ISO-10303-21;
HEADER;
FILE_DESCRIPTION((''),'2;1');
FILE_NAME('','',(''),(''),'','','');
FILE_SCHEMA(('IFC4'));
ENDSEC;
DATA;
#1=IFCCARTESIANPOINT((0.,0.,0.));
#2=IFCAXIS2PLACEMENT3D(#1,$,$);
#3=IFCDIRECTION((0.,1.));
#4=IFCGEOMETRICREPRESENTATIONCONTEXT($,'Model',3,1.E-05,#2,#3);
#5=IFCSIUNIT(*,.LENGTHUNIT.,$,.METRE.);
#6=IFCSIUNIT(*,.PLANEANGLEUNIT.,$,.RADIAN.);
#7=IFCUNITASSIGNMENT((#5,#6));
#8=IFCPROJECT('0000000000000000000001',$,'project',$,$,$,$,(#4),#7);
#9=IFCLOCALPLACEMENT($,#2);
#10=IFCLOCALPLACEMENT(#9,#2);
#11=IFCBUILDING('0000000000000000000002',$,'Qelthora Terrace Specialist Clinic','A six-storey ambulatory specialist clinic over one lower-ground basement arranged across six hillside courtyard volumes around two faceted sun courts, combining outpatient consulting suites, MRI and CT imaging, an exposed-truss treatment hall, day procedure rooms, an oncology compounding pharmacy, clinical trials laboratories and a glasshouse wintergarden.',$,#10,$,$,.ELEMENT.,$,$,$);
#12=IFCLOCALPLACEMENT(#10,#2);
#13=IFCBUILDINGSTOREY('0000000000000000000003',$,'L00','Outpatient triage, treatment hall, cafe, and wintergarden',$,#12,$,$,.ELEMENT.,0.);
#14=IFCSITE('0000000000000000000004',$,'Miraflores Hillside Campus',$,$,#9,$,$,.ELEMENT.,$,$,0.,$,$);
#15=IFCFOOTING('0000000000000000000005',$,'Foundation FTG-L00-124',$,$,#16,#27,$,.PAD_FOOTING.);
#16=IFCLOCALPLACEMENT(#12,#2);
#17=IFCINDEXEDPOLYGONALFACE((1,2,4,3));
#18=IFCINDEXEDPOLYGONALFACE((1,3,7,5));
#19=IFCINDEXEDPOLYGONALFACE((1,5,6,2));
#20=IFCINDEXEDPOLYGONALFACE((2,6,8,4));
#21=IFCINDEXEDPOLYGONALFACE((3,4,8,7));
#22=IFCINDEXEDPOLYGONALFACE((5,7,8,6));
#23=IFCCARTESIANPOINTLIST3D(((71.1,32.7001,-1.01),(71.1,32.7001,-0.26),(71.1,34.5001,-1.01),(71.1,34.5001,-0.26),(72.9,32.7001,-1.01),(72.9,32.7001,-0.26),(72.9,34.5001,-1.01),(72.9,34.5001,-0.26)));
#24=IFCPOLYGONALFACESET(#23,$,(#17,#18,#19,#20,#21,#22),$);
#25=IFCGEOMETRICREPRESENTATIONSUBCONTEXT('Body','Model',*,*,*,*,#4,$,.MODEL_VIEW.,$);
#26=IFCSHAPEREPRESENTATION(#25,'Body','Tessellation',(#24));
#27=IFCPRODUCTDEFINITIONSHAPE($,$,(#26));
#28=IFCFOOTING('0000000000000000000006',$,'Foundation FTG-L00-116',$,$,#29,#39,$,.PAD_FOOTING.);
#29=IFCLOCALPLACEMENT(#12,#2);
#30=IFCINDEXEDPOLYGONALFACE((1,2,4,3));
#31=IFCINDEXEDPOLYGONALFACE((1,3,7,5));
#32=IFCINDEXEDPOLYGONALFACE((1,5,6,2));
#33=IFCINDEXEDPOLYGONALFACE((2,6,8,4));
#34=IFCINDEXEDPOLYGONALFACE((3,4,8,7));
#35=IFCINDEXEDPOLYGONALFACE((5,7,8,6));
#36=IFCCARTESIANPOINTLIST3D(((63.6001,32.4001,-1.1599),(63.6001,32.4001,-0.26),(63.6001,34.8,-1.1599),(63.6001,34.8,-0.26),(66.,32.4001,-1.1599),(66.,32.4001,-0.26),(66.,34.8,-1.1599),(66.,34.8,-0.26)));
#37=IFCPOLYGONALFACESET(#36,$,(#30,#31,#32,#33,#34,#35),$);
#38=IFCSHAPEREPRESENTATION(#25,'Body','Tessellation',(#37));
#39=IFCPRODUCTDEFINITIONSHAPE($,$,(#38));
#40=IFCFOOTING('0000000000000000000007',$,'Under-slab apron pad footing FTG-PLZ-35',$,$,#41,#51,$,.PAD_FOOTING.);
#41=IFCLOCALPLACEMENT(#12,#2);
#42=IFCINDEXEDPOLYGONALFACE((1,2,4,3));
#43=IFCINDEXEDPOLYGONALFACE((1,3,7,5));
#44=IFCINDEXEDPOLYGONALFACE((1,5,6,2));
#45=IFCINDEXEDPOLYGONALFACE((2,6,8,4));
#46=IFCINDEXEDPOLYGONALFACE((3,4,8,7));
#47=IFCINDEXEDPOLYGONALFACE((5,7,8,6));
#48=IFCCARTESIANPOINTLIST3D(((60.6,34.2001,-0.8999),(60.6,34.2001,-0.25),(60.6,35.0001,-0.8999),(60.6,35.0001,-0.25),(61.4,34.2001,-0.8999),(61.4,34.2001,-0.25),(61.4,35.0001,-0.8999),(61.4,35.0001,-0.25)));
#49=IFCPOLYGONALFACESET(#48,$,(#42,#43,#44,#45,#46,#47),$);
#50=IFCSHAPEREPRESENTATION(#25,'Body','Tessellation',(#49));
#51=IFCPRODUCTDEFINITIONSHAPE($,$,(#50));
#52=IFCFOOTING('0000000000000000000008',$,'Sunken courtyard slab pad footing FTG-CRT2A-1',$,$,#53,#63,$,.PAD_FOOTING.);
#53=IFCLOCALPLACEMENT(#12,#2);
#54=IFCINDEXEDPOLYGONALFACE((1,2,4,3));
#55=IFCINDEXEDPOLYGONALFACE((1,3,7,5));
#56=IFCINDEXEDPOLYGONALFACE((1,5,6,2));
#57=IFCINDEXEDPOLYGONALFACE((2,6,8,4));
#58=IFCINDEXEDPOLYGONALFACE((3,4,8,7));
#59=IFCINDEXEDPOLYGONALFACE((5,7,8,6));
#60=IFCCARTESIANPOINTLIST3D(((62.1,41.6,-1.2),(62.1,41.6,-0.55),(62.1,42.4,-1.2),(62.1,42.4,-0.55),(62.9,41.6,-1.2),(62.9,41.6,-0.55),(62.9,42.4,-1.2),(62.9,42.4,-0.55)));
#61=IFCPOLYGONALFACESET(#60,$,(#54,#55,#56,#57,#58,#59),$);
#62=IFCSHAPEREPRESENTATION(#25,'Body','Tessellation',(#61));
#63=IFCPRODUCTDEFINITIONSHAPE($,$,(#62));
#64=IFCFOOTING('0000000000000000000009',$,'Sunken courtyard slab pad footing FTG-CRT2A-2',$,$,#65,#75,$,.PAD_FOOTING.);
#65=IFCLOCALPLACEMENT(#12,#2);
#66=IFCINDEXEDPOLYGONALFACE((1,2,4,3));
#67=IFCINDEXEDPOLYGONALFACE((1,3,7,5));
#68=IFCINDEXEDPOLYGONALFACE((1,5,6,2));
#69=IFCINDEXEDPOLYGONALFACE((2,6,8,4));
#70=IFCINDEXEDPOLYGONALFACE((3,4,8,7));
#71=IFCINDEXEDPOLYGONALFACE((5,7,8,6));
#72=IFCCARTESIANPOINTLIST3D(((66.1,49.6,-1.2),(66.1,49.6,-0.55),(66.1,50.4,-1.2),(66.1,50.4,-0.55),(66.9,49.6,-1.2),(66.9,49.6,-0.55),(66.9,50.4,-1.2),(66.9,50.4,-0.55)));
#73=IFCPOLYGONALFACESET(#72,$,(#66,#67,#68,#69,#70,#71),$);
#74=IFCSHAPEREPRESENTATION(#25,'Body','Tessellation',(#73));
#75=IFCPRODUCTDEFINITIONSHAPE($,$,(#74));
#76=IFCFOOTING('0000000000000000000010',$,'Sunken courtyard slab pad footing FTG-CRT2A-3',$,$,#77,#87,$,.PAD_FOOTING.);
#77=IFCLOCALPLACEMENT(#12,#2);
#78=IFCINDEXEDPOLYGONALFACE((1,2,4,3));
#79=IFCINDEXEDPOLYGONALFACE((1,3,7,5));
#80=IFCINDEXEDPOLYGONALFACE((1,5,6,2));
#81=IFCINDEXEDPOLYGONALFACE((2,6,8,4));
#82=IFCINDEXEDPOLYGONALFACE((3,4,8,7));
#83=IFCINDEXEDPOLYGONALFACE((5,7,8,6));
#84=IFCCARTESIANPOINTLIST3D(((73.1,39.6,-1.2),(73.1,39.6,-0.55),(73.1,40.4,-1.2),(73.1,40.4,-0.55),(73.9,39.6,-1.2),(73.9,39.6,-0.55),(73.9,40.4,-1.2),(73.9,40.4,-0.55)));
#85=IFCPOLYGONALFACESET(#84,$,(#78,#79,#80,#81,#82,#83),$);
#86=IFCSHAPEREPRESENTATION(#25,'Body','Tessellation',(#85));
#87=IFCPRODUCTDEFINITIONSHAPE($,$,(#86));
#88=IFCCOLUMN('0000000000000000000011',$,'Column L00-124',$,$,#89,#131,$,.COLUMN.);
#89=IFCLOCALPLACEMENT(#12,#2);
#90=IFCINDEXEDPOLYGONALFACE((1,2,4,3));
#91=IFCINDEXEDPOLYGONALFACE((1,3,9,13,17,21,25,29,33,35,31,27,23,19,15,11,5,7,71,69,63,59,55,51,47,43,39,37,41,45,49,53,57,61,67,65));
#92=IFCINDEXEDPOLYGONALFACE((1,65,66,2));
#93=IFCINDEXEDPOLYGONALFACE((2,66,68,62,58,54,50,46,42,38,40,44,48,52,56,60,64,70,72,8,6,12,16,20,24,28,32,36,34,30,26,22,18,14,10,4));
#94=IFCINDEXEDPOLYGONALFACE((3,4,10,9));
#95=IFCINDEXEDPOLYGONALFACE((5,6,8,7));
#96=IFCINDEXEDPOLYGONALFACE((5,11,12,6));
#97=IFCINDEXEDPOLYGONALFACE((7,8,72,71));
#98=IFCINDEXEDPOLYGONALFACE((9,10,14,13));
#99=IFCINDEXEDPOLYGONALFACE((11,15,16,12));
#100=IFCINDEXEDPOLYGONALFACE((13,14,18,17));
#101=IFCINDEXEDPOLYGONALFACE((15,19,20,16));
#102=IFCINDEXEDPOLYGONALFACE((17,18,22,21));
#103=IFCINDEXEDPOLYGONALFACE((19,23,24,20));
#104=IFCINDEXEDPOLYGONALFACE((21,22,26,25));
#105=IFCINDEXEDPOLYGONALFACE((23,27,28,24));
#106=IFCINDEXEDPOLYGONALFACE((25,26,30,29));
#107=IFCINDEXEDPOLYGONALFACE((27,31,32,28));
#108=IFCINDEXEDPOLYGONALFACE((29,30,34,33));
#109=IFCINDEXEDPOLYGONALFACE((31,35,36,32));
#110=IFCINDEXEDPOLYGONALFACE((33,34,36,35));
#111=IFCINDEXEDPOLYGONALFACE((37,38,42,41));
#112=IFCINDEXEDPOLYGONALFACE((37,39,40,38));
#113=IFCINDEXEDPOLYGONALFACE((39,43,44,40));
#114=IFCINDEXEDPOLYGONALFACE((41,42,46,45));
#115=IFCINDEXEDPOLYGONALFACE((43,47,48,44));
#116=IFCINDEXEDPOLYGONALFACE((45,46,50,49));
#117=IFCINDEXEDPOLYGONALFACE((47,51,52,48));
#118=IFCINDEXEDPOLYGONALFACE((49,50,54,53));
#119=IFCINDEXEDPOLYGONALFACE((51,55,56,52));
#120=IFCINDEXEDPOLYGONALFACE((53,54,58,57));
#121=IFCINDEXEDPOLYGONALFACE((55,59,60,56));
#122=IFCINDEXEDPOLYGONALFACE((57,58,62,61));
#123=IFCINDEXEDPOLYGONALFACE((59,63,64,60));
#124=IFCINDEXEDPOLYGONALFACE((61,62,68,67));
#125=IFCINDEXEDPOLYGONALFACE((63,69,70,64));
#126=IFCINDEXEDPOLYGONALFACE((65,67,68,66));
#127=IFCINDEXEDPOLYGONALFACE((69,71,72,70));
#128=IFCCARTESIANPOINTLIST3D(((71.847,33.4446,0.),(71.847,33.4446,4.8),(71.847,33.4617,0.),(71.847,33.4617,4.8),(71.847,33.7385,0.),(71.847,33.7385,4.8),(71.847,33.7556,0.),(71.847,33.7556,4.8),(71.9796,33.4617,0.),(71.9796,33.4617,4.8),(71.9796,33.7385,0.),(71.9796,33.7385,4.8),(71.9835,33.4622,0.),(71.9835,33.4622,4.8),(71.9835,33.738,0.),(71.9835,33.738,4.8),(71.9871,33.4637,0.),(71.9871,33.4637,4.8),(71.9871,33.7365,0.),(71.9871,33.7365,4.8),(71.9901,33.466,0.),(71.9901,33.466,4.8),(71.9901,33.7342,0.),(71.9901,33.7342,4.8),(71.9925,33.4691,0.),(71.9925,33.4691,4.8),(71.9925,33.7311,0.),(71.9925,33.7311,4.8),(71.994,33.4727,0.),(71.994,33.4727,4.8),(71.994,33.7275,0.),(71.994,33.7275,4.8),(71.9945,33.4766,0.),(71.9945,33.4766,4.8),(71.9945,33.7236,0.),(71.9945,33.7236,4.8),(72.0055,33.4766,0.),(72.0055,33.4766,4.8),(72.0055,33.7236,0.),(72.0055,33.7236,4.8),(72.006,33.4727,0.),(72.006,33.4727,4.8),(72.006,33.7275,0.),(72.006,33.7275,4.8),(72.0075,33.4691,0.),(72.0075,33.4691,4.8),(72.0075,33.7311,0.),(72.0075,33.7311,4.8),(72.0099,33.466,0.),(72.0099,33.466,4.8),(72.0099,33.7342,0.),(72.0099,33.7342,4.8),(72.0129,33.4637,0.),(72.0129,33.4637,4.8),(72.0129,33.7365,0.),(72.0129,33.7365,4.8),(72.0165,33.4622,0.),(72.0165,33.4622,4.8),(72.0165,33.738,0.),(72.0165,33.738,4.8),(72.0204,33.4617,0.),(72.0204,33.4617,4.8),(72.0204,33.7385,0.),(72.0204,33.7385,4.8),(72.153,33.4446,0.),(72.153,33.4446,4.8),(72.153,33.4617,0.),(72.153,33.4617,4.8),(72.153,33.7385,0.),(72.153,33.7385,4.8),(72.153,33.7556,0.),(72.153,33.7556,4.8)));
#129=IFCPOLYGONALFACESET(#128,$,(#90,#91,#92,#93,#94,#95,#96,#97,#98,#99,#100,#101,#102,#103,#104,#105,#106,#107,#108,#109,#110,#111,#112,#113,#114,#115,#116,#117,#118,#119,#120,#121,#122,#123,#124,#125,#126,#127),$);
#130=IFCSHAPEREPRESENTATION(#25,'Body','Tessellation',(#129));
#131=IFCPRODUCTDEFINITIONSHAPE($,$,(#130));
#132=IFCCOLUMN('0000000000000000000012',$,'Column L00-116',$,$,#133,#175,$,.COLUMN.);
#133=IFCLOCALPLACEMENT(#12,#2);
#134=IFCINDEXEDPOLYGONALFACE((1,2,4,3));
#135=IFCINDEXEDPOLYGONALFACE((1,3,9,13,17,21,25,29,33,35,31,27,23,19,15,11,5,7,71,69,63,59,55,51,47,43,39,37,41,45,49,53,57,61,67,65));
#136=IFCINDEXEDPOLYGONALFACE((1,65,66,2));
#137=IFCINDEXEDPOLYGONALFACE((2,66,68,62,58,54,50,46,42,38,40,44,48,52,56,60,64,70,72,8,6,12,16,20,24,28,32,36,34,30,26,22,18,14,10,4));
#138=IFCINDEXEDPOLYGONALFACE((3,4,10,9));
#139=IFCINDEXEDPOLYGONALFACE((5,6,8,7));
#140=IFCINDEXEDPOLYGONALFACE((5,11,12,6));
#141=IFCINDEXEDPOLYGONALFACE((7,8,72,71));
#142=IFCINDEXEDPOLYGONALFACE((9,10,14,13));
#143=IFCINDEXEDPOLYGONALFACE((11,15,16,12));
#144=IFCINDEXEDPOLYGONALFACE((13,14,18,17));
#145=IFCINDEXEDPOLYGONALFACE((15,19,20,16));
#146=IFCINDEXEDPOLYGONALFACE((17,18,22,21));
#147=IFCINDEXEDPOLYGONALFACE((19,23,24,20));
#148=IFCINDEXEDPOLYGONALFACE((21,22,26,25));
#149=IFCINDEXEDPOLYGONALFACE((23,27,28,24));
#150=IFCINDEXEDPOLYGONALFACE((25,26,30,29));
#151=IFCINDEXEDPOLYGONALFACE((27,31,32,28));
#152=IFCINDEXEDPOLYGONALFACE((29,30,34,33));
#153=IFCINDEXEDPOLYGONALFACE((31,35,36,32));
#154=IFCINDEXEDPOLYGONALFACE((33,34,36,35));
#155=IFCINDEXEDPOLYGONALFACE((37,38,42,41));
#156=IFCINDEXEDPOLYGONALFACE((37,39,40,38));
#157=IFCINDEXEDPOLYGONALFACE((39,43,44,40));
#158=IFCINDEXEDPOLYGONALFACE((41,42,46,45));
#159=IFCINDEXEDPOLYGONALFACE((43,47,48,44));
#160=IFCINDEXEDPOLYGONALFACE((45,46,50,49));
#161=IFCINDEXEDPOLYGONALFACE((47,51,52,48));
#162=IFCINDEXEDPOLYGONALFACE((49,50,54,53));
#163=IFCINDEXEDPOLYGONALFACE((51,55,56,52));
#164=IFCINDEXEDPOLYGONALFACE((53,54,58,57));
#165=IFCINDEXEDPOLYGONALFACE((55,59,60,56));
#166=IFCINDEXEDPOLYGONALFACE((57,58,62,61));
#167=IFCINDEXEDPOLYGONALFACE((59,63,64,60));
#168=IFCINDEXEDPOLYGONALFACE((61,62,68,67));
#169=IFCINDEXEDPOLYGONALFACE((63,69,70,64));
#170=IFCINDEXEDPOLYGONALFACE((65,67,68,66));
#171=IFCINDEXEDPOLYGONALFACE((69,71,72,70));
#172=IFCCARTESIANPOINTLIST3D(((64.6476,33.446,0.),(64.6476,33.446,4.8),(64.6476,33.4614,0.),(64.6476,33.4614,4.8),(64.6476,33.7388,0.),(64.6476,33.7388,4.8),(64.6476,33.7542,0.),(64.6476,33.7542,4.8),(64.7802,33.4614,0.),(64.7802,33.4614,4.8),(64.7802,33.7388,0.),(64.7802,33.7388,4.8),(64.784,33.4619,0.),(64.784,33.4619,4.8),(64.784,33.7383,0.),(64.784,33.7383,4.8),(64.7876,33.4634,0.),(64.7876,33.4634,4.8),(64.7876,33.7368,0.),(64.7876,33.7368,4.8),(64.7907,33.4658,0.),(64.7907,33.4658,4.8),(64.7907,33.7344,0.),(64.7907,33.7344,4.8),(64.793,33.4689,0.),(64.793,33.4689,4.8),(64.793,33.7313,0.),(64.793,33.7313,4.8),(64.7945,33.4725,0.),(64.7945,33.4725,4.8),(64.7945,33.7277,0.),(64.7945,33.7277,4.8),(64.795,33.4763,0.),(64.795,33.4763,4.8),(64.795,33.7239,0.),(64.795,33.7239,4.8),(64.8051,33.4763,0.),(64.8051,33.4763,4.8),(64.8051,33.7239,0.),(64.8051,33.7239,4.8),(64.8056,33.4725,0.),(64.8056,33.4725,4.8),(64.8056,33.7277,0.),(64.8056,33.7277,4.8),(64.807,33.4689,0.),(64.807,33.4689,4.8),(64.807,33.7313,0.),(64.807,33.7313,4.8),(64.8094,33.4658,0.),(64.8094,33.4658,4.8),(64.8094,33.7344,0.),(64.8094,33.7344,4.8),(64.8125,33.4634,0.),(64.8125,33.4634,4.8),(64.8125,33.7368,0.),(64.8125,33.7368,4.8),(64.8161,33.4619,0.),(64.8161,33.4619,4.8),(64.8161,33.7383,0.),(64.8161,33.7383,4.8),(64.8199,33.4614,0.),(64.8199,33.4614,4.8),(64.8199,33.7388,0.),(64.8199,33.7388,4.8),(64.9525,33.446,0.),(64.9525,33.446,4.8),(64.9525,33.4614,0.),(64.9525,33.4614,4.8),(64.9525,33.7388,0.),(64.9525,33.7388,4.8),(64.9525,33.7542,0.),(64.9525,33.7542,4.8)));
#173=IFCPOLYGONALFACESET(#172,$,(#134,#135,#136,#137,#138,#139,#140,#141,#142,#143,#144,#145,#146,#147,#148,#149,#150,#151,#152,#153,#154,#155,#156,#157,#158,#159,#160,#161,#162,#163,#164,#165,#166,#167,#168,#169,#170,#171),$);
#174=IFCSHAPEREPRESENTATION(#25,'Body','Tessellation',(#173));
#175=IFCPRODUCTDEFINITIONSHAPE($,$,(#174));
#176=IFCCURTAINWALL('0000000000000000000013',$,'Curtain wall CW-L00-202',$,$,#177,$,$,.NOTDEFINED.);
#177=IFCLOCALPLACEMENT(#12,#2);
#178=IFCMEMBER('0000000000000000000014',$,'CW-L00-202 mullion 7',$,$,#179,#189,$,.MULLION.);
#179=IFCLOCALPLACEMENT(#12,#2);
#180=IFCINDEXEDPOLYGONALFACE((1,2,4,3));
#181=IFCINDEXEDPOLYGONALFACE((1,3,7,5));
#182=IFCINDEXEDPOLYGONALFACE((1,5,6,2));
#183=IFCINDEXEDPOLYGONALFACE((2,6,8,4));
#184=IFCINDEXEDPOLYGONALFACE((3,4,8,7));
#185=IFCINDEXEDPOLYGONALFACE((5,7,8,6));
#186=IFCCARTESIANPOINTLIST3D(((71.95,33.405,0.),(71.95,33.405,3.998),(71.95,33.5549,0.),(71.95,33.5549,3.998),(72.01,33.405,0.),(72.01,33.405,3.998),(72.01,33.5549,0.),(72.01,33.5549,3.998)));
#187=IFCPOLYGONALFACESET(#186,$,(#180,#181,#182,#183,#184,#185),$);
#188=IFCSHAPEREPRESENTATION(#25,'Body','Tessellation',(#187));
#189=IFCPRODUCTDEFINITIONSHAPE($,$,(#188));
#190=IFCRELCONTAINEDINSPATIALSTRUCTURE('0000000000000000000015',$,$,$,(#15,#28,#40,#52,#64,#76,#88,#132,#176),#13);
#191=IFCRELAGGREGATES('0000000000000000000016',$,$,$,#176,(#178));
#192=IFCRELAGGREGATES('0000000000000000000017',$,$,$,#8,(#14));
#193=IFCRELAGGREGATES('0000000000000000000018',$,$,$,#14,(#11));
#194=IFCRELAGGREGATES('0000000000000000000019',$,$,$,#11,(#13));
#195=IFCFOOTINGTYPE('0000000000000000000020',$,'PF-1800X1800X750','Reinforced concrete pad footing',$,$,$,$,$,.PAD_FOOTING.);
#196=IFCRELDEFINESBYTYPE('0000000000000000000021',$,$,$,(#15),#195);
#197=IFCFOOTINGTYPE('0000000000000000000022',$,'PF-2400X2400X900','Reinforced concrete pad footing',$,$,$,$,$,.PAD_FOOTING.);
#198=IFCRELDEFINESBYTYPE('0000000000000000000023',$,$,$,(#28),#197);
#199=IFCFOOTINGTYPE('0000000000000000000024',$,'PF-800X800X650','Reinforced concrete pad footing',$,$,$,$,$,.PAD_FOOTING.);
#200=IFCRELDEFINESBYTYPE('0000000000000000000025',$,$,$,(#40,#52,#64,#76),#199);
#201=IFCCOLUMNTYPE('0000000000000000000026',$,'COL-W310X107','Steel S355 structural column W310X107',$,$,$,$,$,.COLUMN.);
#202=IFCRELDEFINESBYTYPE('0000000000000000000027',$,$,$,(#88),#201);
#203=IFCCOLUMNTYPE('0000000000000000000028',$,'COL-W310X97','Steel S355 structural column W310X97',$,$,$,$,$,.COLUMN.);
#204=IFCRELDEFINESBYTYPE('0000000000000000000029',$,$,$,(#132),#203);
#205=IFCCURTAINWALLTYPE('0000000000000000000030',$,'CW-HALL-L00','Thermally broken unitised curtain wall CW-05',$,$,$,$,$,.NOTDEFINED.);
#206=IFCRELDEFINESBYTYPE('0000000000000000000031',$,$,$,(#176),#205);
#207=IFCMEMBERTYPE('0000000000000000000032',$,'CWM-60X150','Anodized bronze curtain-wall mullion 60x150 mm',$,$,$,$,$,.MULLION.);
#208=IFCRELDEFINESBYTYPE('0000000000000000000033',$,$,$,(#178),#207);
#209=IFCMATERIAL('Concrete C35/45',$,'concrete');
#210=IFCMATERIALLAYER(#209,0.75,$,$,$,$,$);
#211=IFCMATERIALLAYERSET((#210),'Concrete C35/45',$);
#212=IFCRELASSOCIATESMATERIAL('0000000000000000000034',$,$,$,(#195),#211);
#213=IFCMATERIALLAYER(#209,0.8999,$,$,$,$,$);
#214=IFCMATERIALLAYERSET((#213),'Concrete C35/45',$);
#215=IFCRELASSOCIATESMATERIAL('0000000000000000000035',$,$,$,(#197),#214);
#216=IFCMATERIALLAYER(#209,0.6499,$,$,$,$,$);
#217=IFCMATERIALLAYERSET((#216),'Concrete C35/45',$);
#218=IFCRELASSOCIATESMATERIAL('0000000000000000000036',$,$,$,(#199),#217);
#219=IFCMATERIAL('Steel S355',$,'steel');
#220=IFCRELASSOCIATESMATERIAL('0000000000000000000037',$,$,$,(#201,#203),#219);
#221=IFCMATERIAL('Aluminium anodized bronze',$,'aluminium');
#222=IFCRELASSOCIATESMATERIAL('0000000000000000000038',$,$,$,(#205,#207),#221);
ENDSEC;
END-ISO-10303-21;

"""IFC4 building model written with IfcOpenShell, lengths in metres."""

from ifc_helpers import new_model, si_unit, direction, frame, origin, origin_2d, place, context, subcontext, project, spatial, rectangle, i_section, extrude, material, layer, layer_set, material_profile, profile_set, type_object, element, aggregate, save


model = new_model("IFC4")

# Units and contexts
model_context = context("Model", 3, precision=1e-05, world=origin(), true_north=direction((0.0, 1.0)))
body_context = subcontext(model_context, "Body", "Model", "MODEL_VIEW")
ifc_project = project(units=[si_unit("LENGTHUNIT", "METRE"), si_unit("PLANEANGLEUNIT", "RADIAN")], contexts=[model_context])

# Site, building, storey
site_placement = place(None, origin())
site = spatial("IfcSite", under=ifc_project, at=site_placement, Name="Miraflores Hillside Campus", CompositionType="ELEMENT", RefElevation=0.0)
building_placement = place(site_placement, origin())
building = spatial("IfcBuilding", under=site, at=building_placement, Name="Qelthora Terrace Specialist Clinic", Description="A six-storey ambulatory specialist clinic over one lower-ground basement arranged across six hillside courtyard volumes around two faceted sun courts, combining outpatient consulting suites, MRI and CT imaging, an exposed-truss treatment hall, day procedure rooms, an oncology compounding pharmacy, clinical trials laboratories and a glasshouse wintergarden.", CompositionType="ELEMENT")
storey_placement = place(building_placement, origin())
storey = spatial("IfcBuildingStorey", under=building, at=storey_placement, Name="L00", Description="Outpatient triage, treatment hall, cafe, and wintergarden", CompositionType="ELEMENT", Elevation=0.0)

# Footings
ifc_material_1 = material(Name="Concrete C35/45", Category="concrete")
ifc_layer_1 = layer(ifc_material_1, 0.75)
ifc_layer_set_1 = layer_set([ifc_layer_1], Name="Concrete C35/45")
footing_type_1 = type_object("IfcFootingType", Name="PF-1800X1800X750", Description="Reinforced concrete pad footing", PredefinedType="PAD_FOOTING", material=ifc_layer_set_1)
footing_1_placement = place(storey_placement, frame((72.0, 33.6001, -1.01), z_axis=(0.0, 0.0, 1.0), x_axis=(1.0, 0.0, 0.0)))
element("IfcFooting", 1, at=footing_1_placement, inside=storey, type_object=footing_type_1, Name="Foundation FTG-L00-124", PredefinedType="PAD_FOOTING", context=body_context, shape_type="SweptSolid", body=[
    extrude(rectangle(XDim=1.8, YDim=1.8, at=origin_2d()), origin(), (0.0, 0.0, 1.0), 0.75),
])
ifc_layer_2 = layer(ifc_material_1, 0.8999)
ifc_layer_set_2 = layer_set([ifc_layer_2], Name="Concrete C35/45")
footing_type_2 = type_object("IfcFootingType", Name="PF-2400X2400X900", Description="Reinforced concrete pad footing", PredefinedType="PAD_FOOTING", material=ifc_layer_set_2)
footing_2_placement = place(storey_placement, frame((64.8, 33.6001, -1.1599), z_axis=(0.0, 0.0, 1.0), x_axis=(1.0, 0.0, 0.0)))
element("IfcFooting", 2, at=footing_2_placement, inside=storey, type_object=footing_type_2, Name="Foundation FTG-L00-116", PredefinedType="PAD_FOOTING", context=body_context, shape_type="SweptSolid", body=[
    extrude(rectangle(XDim=2.3999, YDim=2.3999, at=origin_2d()), origin(), (0.0, 0.0, 1.0), 0.8999),
])
ifc_layer_3 = layer(ifc_material_1, 0.6499)
ifc_layer_set_3 = layer_set([ifc_layer_3], Name="Concrete C35/45")
footing_type_3 = type_object("IfcFootingType", Name="PF-800X800X650", Description="Reinforced concrete pad footing", PredefinedType="PAD_FOOTING", material=ifc_layer_set_3)
for number, where, z_axis, x_axis, name in (
    (3, (61.0, 34.6001, -0.8999), (0.0, 0.0, 1.0), (1.0, 0.0, 0.0), "Under-slab apron pad footing FTG-PLZ-35"),
    (4, (62.5, 42.0, -1.2), (0.0, 0.0, 1.0), (1.0, 0.0, 0.0), "Sunken courtyard slab pad footing FTG-CRT2A-1"),
    (5, (66.5, 50.0, -1.2), (0.0, 0.0, 1.0), (1.0, 0.0, 0.0), "Sunken courtyard slab pad footing FTG-CRT2A-2"),
    (6, (73.5, 40.0, -1.2), (0.0, 0.0, 1.0), (1.0, 0.0, 0.0), "Sunken courtyard slab pad footing FTG-CRT2A-3"),
):
    element("IfcFooting", number, at=place(storey_placement, frame(where, z_axis=z_axis, x_axis=x_axis)), inside=storey, type_object=footing_type_3, Name=name, PredefinedType="PAD_FOOTING", context=body_context, shape_type="SweptSolid", body=[
        extrude(rectangle(XDim=0.8, YDim=0.8, at=origin_2d()), origin(), (0.0, 0.0, 1.0), 0.6499),
    ])

# Columns
ifc_material_2 = material(Name="Steel S355", Category="steel")
ifc_material_profile_1 = material_profile(ifc_material_2, i_section(OverallWidth=0.3059, OverallDepth=0.311, WebThickness=0.011, FlangeThickness=0.0171, FilletRadius=0.0149, at=origin_2d()), Name="W310X107")
ifc_profile_set_1 = profile_set([ifc_material_profile_1], Name="Steel S355")
column_type_1 = type_object("IfcColumnType", Name="COL-W310X107", Description="Steel S355 structural column W310X107", PredefinedType="COLUMN", material=ifc_profile_set_1)
column_1_placement = place(storey_placement, frame((72.0, 33.6001, 0.0), z_axis=(0.0, 0.0, 1.0), x_axis=(1.0, 0.0, 0.0)))
element("IfcColumn", 7, at=column_1_placement, inside=storey, type_object=column_type_1, Name="Column L00-124", PredefinedType="COLUMN", context=body_context, shape_type="SweptSolid", body=[
    extrude(i_section(OverallWidth=0.3059, OverallDepth=0.311, WebThickness=0.011, FlangeThickness=0.0171, FilletRadius=0.0149, at=origin_2d()), origin(), (0.0, 0.0, 1.0), 4.8),
])
ifc_material_profile_2 = material_profile(ifc_material_2, i_section(OverallWidth=0.3049, OverallDepth=0.3081, WebThickness=0.01, FlangeThickness=0.0154, FilletRadius=0.0149, at=origin_2d()), Name="W310X97")
ifc_profile_set_2 = profile_set([ifc_material_profile_2], Name="Steel S355")
column_type_2 = type_object("IfcColumnType", Name="COL-W310X97", Description="Steel S355 structural column W310X97", PredefinedType="COLUMN", material=ifc_profile_set_2)
column_2_placement = place(storey_placement, frame((64.8, 33.6001, 0.0), z_axis=(0.0, 0.0, 1.0), x_axis=(1.0, 0.0, 0.0)))
element("IfcColumn", 8, at=column_2_placement, inside=storey, type_object=column_type_2, Name="Column L00-116", PredefinedType="COLUMN", context=body_context, shape_type="SweptSolid", body=[
    extrude(i_section(OverallWidth=0.3049, OverallDepth=0.3081, WebThickness=0.01, FlangeThickness=0.0154, FilletRadius=0.0149, at=origin_2d()), origin(), (0.0, 0.0, 1.0), 4.8),
])

# Curtain wall, member
ifc_material_3 = material(Name="Aluminium anodized bronze", Category="aluminium")
curtain_wall_type = type_object("IfcCurtainWallType", Name="CW-HALL-L00", Description="Thermally broken unitised curtain wall CW-05", PredefinedType="NOTDEFINED", material=ifc_material_3)
curtain_wall_1_placement = place(storey_placement, origin())
curtain_wall_1 = element("IfcCurtainWall", 9, at=curtain_wall_1_placement, inside=storey, type_object=curtain_wall_type, Name="Curtain wall CW-L00-202", PredefinedType="NOTDEFINED")
ifc_material_profile_3 = material_profile(ifc_material_3, rectangle(XDim=0.0601, YDim=0.1499, at=origin_2d()), Name="CWM60X150")
ifc_profile_set_3 = profile_set([ifc_material_profile_3], Name="Aluminium anodized bronze")
member_type_1 = type_object("IfcMemberType", Name="CWM-60X150", Description="Anodized bronze curtain-wall mullion 60x150 mm", PredefinedType="MULLION", material=ifc_profile_set_3)
member_1_placement = place(storey_placement, frame((71.98, 33.48, 0.0), z_axis=(0.0, 0.0, 1.0), x_axis=(1.0, 0.0, 0.0)))
member_1 = element("IfcMember", 10, at=member_1_placement, type_object=member_type_1, Name="CW-L00-202 mullion 7", PredefinedType="MULLION", context=body_context, shape_type="SweptSolid", body=[
    extrude(rectangle(XDim=0.0601, YDim=0.1499, at=origin_2d()), origin(), (0.0, 0.0, 1.0), 3.998),
])
aggregate(curtain_wall_1, [member_1])

save(model, "model.ifc")
